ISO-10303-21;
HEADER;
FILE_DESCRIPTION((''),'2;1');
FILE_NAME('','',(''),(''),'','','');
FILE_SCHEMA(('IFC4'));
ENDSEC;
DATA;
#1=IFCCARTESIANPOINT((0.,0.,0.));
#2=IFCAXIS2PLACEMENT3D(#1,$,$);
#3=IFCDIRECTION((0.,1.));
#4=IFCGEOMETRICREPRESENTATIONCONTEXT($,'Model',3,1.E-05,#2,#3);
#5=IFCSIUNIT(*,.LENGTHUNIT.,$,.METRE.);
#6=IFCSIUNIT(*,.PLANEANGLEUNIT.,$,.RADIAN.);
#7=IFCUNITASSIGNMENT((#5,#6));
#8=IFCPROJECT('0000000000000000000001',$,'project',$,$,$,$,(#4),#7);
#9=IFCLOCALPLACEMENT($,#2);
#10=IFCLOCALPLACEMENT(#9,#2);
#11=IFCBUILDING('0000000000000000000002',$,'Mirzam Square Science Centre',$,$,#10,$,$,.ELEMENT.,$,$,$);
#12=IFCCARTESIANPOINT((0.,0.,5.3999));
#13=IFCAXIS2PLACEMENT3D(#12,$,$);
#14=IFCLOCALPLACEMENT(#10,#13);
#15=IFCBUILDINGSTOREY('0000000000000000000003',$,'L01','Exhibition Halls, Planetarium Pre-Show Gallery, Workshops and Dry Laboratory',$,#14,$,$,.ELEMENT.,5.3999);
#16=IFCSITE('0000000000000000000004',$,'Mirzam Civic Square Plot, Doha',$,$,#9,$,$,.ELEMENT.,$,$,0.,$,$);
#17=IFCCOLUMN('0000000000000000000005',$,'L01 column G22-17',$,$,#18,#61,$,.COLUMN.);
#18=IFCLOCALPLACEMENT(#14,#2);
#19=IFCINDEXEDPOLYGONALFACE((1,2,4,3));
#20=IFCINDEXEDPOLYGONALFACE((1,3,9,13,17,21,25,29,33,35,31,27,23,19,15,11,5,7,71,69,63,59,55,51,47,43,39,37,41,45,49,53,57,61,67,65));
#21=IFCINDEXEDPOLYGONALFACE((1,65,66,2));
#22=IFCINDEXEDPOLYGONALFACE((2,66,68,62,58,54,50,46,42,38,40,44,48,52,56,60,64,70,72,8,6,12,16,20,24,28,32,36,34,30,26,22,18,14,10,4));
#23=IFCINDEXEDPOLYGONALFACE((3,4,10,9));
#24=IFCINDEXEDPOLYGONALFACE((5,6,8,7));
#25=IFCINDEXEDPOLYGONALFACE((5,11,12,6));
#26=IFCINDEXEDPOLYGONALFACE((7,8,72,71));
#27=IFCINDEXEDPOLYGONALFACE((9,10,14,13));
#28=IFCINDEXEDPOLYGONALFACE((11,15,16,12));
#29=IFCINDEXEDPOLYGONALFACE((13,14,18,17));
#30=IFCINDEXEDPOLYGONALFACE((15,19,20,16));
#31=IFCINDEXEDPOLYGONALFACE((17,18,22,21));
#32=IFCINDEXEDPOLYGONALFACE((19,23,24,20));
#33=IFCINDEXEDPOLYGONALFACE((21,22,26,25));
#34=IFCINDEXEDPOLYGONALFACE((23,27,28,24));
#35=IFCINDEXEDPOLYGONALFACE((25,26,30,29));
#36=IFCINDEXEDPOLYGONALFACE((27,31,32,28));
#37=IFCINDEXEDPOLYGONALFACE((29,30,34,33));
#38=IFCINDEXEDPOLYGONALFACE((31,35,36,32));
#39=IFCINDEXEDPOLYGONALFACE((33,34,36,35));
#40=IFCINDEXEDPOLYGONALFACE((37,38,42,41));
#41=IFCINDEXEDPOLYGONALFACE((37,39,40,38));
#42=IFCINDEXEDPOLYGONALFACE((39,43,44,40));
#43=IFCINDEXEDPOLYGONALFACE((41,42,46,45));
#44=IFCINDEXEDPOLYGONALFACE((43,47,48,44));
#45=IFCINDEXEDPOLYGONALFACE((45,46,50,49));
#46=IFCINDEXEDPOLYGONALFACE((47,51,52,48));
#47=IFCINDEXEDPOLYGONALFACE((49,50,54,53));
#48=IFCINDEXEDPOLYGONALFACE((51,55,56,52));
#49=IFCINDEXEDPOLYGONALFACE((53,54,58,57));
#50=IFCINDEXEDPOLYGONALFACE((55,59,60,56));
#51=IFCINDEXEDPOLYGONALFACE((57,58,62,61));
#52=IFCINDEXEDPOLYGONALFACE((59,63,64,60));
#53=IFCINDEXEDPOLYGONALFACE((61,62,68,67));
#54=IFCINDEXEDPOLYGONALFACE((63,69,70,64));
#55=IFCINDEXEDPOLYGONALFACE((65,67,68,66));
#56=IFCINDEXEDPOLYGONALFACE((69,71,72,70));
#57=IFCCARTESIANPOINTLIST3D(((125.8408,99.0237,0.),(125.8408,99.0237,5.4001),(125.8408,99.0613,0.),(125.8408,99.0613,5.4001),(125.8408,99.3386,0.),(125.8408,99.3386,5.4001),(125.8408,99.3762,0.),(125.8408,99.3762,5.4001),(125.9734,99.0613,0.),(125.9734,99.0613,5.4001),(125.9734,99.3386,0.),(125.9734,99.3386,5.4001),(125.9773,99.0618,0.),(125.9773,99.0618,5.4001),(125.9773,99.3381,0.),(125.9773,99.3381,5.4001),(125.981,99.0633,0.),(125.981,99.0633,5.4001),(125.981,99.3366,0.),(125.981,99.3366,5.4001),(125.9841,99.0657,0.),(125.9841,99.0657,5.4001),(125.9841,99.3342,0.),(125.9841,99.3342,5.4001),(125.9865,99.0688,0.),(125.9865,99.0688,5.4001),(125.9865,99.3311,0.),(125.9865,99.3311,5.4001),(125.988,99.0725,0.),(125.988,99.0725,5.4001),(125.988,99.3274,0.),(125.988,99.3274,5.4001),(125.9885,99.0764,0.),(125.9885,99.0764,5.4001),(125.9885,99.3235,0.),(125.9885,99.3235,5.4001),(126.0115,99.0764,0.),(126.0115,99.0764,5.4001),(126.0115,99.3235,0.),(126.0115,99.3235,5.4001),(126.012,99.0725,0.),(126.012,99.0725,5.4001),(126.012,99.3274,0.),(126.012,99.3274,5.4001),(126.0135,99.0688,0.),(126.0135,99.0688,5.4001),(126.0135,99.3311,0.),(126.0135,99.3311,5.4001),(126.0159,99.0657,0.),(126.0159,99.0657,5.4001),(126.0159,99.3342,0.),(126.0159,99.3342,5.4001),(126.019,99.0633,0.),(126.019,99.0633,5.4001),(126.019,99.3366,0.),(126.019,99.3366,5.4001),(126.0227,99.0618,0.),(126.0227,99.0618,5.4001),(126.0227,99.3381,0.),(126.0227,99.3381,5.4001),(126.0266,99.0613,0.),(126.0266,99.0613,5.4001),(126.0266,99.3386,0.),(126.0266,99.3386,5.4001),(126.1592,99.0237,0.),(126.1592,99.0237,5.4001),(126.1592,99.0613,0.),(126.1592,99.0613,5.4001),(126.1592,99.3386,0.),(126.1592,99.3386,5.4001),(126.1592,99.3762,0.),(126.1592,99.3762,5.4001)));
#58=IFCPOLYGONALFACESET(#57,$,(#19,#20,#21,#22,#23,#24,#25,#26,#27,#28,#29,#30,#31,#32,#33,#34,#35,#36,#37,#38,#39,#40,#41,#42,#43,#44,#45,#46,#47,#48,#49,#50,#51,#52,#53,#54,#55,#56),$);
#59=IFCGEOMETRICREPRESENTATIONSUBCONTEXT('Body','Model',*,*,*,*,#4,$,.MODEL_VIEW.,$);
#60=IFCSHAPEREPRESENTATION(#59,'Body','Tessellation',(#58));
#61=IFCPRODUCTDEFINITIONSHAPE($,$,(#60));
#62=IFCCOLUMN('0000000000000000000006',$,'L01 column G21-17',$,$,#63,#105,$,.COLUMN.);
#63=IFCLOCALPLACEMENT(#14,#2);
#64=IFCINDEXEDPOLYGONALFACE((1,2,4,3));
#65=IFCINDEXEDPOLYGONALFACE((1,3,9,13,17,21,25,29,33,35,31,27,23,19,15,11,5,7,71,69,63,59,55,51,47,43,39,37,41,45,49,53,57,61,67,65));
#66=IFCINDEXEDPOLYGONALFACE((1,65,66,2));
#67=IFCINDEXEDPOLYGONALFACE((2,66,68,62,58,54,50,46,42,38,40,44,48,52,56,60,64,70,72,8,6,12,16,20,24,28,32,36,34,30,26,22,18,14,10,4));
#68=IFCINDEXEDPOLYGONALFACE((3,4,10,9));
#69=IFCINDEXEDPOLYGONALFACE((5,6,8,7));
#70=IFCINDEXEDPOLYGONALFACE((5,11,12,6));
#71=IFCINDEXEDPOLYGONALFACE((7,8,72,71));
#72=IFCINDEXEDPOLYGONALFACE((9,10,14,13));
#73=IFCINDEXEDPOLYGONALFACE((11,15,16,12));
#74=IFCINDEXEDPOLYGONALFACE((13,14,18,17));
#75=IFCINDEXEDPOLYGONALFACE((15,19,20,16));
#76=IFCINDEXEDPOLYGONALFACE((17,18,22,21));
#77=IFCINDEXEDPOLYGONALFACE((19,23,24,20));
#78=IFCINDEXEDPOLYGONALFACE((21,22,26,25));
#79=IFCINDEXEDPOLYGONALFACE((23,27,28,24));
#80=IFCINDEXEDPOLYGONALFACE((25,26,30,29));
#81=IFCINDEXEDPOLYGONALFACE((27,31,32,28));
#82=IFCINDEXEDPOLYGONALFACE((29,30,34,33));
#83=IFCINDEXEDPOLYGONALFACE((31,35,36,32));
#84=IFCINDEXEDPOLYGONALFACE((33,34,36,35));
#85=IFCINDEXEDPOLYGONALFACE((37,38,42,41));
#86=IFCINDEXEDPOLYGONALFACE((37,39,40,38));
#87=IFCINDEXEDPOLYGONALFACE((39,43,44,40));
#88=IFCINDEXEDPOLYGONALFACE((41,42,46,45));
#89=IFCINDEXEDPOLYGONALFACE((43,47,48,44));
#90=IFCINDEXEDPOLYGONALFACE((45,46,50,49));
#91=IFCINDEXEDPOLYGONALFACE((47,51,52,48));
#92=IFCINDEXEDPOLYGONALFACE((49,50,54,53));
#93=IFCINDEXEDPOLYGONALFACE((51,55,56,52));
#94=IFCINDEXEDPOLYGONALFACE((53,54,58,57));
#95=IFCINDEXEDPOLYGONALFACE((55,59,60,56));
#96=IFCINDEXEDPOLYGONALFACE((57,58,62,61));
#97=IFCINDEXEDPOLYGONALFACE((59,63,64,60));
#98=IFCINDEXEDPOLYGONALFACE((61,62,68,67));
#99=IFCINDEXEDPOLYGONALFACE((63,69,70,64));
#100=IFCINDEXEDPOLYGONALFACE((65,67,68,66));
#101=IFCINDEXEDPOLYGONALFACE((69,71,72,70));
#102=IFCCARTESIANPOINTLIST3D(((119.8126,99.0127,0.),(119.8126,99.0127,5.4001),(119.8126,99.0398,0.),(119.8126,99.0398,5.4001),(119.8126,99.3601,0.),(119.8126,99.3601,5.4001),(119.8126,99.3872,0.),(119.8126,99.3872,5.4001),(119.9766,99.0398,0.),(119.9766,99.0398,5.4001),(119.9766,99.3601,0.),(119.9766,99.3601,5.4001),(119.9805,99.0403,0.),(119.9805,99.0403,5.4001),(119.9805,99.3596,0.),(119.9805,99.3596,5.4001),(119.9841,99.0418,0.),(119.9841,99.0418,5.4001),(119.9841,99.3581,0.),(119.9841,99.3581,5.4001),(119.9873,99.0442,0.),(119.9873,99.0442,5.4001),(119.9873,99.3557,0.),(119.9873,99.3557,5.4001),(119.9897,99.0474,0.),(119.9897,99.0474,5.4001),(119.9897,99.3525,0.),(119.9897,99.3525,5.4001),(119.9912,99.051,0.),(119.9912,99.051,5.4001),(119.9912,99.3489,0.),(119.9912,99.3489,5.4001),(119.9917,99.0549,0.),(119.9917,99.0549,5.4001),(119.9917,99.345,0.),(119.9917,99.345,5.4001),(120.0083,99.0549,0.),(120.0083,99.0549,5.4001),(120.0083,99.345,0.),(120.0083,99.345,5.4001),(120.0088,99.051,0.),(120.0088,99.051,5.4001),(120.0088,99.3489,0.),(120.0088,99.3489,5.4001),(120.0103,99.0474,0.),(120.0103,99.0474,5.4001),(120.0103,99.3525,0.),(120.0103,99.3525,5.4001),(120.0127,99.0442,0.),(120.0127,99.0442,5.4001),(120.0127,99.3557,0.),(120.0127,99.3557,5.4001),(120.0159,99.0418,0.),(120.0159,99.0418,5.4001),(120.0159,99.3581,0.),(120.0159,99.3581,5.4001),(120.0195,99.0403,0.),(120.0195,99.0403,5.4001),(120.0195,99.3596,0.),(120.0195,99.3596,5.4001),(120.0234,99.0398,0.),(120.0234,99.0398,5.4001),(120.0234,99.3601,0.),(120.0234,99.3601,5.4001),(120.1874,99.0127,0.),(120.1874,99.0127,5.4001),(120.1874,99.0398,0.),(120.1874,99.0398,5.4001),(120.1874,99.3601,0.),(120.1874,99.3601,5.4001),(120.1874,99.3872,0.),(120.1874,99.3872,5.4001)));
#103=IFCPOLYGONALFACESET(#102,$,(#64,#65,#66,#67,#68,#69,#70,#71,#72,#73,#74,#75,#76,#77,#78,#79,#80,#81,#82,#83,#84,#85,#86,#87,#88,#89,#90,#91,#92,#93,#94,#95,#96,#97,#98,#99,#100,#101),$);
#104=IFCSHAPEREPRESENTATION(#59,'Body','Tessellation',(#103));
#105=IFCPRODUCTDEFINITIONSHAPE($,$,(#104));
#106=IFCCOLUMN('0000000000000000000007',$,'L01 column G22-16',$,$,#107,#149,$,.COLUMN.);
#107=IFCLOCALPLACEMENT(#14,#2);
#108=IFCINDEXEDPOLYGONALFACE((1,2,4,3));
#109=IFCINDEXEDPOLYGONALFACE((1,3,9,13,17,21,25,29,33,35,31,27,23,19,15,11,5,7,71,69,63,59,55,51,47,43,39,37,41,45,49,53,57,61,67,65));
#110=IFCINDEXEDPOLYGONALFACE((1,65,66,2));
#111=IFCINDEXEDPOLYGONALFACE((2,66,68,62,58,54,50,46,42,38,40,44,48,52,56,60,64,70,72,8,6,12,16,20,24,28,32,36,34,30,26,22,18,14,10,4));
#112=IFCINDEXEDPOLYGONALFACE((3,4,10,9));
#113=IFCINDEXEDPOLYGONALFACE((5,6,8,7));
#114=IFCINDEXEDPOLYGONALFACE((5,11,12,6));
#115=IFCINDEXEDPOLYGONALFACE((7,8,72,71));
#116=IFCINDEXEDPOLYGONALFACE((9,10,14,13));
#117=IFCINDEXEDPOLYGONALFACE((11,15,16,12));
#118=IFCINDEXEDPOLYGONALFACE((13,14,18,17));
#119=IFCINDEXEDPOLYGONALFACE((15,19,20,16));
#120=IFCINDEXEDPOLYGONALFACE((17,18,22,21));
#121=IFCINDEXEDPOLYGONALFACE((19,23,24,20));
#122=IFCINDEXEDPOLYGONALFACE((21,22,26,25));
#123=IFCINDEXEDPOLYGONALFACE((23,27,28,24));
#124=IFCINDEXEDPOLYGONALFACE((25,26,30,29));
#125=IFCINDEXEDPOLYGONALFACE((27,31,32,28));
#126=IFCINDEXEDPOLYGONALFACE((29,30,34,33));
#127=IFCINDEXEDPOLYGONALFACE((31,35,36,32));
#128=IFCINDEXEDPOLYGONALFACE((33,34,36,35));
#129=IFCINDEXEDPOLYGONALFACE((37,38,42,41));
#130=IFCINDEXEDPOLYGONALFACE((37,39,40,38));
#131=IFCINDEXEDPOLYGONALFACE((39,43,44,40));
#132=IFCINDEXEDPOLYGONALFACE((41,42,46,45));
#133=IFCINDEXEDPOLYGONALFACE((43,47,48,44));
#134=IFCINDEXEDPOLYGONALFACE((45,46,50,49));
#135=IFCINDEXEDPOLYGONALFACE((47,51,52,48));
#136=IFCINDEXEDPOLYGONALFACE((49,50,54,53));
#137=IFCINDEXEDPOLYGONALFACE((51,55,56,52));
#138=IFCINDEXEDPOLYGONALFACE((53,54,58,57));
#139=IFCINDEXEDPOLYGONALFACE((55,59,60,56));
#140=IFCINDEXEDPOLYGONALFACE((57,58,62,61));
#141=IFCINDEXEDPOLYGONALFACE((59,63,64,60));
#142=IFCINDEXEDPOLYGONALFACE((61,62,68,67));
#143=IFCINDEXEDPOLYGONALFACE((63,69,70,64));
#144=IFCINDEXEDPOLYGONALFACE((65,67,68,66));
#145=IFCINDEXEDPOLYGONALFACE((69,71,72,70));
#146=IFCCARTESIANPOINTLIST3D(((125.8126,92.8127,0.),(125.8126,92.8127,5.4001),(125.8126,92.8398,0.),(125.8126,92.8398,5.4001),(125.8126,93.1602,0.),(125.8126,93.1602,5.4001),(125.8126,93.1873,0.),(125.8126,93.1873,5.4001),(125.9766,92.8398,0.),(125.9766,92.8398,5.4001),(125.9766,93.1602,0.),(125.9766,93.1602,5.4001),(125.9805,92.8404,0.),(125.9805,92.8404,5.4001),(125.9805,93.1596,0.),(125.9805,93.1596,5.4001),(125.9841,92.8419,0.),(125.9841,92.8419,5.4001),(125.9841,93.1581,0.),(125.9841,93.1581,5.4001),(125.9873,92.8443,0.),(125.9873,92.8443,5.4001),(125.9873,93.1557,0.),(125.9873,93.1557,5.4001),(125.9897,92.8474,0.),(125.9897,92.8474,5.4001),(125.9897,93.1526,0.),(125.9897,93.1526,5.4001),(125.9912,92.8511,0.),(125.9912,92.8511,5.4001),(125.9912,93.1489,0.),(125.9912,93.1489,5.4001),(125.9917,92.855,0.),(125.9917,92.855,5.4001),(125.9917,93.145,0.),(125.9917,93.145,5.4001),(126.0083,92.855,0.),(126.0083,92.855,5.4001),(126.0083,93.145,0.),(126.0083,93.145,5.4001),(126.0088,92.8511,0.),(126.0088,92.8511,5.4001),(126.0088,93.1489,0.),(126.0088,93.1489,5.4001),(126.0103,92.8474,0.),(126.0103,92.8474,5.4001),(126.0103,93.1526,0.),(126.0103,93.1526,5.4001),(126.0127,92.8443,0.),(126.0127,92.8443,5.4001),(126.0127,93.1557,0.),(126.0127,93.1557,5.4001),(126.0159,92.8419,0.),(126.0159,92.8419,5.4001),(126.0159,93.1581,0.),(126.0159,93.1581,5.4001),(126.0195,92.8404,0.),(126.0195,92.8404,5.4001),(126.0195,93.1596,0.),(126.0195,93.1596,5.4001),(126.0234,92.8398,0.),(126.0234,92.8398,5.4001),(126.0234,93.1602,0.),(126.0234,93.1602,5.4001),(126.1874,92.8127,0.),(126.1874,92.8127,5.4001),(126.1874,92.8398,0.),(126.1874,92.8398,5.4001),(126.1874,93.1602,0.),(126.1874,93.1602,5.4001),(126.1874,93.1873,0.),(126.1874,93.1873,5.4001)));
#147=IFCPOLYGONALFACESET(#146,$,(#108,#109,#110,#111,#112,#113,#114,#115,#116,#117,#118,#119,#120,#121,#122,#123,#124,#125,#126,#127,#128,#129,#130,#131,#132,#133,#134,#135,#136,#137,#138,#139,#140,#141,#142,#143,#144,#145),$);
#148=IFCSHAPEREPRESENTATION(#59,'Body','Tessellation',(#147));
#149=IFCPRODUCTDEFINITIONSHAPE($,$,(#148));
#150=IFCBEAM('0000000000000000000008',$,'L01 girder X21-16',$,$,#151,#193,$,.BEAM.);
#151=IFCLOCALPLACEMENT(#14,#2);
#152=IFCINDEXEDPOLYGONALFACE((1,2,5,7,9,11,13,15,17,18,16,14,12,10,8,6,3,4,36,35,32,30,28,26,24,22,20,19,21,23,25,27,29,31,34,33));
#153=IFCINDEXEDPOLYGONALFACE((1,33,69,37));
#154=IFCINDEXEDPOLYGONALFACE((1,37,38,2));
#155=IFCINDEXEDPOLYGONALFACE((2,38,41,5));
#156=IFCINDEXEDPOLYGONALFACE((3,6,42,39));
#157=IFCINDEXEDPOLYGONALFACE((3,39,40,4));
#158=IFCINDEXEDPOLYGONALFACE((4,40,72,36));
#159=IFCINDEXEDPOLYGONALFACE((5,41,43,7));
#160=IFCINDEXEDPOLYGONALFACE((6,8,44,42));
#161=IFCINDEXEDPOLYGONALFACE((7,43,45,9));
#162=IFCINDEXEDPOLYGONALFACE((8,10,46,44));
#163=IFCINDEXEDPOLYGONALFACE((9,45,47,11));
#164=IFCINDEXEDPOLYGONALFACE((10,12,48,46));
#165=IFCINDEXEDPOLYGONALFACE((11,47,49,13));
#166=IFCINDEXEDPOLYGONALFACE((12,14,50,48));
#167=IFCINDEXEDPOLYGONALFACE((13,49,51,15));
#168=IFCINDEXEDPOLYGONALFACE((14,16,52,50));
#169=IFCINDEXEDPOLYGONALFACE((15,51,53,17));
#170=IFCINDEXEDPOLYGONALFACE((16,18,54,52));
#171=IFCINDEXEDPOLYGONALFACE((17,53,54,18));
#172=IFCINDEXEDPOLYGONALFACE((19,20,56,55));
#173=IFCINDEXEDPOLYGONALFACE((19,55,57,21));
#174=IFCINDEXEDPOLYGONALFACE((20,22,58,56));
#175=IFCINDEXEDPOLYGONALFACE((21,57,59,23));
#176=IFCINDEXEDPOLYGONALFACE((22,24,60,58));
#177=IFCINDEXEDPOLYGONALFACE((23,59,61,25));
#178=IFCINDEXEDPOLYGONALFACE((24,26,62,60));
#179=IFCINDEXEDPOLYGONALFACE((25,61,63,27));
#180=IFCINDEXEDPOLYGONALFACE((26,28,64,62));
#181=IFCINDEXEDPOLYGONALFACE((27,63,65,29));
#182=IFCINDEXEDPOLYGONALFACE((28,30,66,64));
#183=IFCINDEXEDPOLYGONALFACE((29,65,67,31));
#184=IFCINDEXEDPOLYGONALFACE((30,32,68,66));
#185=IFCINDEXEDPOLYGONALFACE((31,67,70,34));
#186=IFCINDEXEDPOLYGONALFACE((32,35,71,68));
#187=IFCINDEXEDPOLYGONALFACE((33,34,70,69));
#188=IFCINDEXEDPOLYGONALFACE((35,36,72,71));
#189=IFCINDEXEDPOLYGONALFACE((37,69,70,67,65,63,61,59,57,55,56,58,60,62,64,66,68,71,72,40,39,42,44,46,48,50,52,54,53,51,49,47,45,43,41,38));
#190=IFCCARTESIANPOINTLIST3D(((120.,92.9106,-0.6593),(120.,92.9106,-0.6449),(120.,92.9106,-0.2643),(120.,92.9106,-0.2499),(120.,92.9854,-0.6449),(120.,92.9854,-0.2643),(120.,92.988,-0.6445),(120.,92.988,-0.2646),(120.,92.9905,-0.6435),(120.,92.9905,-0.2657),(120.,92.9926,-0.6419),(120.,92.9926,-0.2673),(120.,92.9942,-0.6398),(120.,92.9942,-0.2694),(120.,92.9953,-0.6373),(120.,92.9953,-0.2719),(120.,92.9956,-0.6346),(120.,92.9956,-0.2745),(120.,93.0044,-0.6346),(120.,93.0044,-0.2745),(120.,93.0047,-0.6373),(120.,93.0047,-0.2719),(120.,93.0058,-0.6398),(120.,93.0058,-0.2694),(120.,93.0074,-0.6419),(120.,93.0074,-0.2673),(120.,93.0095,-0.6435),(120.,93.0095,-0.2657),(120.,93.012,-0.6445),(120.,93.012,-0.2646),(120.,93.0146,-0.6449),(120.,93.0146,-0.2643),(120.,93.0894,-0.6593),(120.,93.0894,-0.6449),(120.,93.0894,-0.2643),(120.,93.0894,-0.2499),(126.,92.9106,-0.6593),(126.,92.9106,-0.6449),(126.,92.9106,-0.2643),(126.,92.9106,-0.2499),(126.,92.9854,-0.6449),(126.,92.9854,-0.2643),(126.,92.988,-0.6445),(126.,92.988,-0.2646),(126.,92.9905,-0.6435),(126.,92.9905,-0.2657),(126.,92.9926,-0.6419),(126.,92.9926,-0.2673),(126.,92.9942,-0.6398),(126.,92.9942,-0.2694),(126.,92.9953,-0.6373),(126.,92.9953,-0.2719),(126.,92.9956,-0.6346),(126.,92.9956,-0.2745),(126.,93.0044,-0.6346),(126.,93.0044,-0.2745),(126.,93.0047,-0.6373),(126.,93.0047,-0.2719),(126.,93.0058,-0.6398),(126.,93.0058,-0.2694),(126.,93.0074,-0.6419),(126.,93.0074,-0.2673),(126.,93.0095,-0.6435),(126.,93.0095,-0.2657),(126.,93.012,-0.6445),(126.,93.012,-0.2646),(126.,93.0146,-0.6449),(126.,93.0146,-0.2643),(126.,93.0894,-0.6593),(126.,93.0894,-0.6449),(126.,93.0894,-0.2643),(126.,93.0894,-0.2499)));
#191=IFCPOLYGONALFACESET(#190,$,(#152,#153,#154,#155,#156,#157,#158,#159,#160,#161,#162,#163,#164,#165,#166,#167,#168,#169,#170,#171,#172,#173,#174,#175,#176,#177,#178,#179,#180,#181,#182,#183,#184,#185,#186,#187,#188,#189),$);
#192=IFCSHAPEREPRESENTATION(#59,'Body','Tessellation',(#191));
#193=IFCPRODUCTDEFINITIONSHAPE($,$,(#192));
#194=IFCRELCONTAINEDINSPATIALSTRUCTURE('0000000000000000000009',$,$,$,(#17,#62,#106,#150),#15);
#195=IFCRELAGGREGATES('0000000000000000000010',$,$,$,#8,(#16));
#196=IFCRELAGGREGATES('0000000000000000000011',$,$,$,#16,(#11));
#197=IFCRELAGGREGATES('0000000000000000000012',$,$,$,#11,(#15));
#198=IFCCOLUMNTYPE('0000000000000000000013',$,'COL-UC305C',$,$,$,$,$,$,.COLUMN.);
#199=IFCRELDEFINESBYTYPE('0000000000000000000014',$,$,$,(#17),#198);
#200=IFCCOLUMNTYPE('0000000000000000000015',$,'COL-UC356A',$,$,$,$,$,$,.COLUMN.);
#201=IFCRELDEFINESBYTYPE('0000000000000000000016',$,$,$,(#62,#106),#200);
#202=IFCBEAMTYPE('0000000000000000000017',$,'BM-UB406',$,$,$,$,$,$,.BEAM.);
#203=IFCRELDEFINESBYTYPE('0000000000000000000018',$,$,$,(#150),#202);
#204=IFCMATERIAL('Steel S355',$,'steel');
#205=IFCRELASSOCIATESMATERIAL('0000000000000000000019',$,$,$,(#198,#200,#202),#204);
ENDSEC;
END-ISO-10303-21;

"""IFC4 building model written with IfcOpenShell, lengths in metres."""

from ifc_helpers import new_model, si_unit, direction, frame, origin, origin_2d, place, context, subcontext, project, spatial, i_section, extrude, material, material_profile, profile_set, type_object, element, save


model = new_model("IFC4")

# Units and contexts
model_context = context("Model", 3, precision=1e-05, world=origin(), true_north=direction((0.0, 1.0)))
body_context = subcontext(model_context, "Body", "Model", "MODEL_VIEW")
ifc_project = project(units=[si_unit("LENGTHUNIT", "METRE"), si_unit("PLANEANGLEUNIT", "RADIAN")], contexts=[model_context])

# Site, building, storey
site_placement = place(None, origin())
site = spatial("IfcSite", under=ifc_project, at=site_placement, Name="Mirzam Civic Square Plot, Doha", CompositionType="ELEMENT", RefElevation=0.0)
building_placement = place(site_placement, origin())
building = spatial("IfcBuilding", under=site, at=building_placement, Name="Mirzam Square Science Centre", CompositionType="ELEMENT")
storey_placement = place(building_placement, frame((0.0, 0.0, 5.3999)))
storey = spatial("IfcBuildingStorey", under=building, at=storey_placement, Name="L01", Description="Exhibition Halls, Planetarium Pre-Show Gallery, Workshops and Dry Laboratory", CompositionType="ELEMENT", Elevation=5.3999)

# Columns
ifc_material_1 = material(Name="Steel S355", Category="steel")
ifc_material_profile_1 = material_profile(ifc_material_1, i_section(OverallWidth=0.3184, OverallDepth=0.3525, WebThickness=0.0229, FlangeThickness=0.0376, FilletRadius=0.0151, at=origin_2d()), Name="305x305x240UC")
ifc_profile_set_1 = profile_set([ifc_material_profile_1], Name="Steel S355")
column_type_1 = type_object("IfcColumnType", Name="COL-UC305C", PredefinedType="COLUMN", material=ifc_profile_set_1)
column_placement = place(storey_placement, frame((126.0, 99.2, 0.0), z_axis=(0.0, 0.0, 1.0), x_axis=(1.0, 0.0, 0.0)))
element("IfcColumn", 1, at=column_placement, inside=storey, type_object=column_type_1, Name="L01 column G22-17", PredefinedType="COLUMN", context=body_context, shape_type="SweptSolid", body=[
    extrude(i_section(OverallWidth=0.3184, OverallDepth=0.3525, WebThickness=0.0229, FlangeThickness=0.0376, FilletRadius=0.0151, at=origin_2d()), origin(), (0.0, 0.0, 1.0), 5.4001),
])
ifc_material_profile_2 = material_profile(ifc_material_1, i_section(OverallWidth=0.3748, OverallDepth=0.3745, WebThickness=0.0166, FlangeThickness=0.0271, FilletRadius=0.0151, at=origin_2d()), Name="356x368x202UC")
ifc_profile_set_2 = profile_set([ifc_material_profile_2], Name="Steel S355")
column_type_2 = type_object("IfcColumnType", Name="COL-UC356A", PredefinedType="COLUMN", material=ifc_profile_set_2)
for number, where, z_axis, x_axis, name in (
    (2, (120.0, 99.2, 0.0), (0.0, 0.0, 1.0), (1.0, 0.0, 0.0), "L01 column G21-17"),
    (3, (126.0, 93.0, 0.0), (0.0, 0.0, 1.0), (1.0, 0.0, 0.0), "L01 column G22-16"),
):
    element("IfcColumn", number, at=place(storey_placement, frame(where, z_axis=z_axis, x_axis=x_axis)), inside=storey, type_object=column_type_2, Name=name, PredefinedType="COLUMN", context=body_context, shape_type="SweptSolid", body=[
        extrude(i_section(OverallWidth=0.3748, OverallDepth=0.3745, WebThickness=0.0166, FlangeThickness=0.0271, FilletRadius=0.0151, at=origin_2d()), origin(), (0.0, 0.0, 1.0), 5.4001),
    ])

# Beam
ifc_material_profile_3 = material_profile(ifc_material_1, i_section(OverallWidth=0.1787, OverallDepth=0.4094, WebThickness=0.0088, FlangeThickness=0.0144, FilletRadius=0.0103, at=origin_2d()), Name="406x178x67UB")
ifc_profile_set_3 = profile_set([ifc_material_profile_3], Name="Steel S355")
beam_type_1 = type_object("IfcBeamType", Name="BM-UB406", PredefinedType="BEAM", material=ifc_profile_set_3)
beam_1_placement = place(storey_placement, frame((120.0, 93.0, -0.4546), z_axis=(1.0, 0.0, 0.0), x_axis=(0.0, 1.0, 0.0)))
element("IfcBeam", 4, at=beam_1_placement, inside=storey, type_object=beam_type_1, Name="L01 girder X21-16", PredefinedType="BEAM", context=body_context, shape_type="SweptSolid", body=[
    extrude(i_section(OverallWidth=0.1787, OverallDepth=0.4094, WebThickness=0.0088, FlangeThickness=0.0144, FilletRadius=0.0103, at=origin_2d()), origin(), (0.0, 0.0, 1.0), 6.0),
])

save(model, "model.ifc")
